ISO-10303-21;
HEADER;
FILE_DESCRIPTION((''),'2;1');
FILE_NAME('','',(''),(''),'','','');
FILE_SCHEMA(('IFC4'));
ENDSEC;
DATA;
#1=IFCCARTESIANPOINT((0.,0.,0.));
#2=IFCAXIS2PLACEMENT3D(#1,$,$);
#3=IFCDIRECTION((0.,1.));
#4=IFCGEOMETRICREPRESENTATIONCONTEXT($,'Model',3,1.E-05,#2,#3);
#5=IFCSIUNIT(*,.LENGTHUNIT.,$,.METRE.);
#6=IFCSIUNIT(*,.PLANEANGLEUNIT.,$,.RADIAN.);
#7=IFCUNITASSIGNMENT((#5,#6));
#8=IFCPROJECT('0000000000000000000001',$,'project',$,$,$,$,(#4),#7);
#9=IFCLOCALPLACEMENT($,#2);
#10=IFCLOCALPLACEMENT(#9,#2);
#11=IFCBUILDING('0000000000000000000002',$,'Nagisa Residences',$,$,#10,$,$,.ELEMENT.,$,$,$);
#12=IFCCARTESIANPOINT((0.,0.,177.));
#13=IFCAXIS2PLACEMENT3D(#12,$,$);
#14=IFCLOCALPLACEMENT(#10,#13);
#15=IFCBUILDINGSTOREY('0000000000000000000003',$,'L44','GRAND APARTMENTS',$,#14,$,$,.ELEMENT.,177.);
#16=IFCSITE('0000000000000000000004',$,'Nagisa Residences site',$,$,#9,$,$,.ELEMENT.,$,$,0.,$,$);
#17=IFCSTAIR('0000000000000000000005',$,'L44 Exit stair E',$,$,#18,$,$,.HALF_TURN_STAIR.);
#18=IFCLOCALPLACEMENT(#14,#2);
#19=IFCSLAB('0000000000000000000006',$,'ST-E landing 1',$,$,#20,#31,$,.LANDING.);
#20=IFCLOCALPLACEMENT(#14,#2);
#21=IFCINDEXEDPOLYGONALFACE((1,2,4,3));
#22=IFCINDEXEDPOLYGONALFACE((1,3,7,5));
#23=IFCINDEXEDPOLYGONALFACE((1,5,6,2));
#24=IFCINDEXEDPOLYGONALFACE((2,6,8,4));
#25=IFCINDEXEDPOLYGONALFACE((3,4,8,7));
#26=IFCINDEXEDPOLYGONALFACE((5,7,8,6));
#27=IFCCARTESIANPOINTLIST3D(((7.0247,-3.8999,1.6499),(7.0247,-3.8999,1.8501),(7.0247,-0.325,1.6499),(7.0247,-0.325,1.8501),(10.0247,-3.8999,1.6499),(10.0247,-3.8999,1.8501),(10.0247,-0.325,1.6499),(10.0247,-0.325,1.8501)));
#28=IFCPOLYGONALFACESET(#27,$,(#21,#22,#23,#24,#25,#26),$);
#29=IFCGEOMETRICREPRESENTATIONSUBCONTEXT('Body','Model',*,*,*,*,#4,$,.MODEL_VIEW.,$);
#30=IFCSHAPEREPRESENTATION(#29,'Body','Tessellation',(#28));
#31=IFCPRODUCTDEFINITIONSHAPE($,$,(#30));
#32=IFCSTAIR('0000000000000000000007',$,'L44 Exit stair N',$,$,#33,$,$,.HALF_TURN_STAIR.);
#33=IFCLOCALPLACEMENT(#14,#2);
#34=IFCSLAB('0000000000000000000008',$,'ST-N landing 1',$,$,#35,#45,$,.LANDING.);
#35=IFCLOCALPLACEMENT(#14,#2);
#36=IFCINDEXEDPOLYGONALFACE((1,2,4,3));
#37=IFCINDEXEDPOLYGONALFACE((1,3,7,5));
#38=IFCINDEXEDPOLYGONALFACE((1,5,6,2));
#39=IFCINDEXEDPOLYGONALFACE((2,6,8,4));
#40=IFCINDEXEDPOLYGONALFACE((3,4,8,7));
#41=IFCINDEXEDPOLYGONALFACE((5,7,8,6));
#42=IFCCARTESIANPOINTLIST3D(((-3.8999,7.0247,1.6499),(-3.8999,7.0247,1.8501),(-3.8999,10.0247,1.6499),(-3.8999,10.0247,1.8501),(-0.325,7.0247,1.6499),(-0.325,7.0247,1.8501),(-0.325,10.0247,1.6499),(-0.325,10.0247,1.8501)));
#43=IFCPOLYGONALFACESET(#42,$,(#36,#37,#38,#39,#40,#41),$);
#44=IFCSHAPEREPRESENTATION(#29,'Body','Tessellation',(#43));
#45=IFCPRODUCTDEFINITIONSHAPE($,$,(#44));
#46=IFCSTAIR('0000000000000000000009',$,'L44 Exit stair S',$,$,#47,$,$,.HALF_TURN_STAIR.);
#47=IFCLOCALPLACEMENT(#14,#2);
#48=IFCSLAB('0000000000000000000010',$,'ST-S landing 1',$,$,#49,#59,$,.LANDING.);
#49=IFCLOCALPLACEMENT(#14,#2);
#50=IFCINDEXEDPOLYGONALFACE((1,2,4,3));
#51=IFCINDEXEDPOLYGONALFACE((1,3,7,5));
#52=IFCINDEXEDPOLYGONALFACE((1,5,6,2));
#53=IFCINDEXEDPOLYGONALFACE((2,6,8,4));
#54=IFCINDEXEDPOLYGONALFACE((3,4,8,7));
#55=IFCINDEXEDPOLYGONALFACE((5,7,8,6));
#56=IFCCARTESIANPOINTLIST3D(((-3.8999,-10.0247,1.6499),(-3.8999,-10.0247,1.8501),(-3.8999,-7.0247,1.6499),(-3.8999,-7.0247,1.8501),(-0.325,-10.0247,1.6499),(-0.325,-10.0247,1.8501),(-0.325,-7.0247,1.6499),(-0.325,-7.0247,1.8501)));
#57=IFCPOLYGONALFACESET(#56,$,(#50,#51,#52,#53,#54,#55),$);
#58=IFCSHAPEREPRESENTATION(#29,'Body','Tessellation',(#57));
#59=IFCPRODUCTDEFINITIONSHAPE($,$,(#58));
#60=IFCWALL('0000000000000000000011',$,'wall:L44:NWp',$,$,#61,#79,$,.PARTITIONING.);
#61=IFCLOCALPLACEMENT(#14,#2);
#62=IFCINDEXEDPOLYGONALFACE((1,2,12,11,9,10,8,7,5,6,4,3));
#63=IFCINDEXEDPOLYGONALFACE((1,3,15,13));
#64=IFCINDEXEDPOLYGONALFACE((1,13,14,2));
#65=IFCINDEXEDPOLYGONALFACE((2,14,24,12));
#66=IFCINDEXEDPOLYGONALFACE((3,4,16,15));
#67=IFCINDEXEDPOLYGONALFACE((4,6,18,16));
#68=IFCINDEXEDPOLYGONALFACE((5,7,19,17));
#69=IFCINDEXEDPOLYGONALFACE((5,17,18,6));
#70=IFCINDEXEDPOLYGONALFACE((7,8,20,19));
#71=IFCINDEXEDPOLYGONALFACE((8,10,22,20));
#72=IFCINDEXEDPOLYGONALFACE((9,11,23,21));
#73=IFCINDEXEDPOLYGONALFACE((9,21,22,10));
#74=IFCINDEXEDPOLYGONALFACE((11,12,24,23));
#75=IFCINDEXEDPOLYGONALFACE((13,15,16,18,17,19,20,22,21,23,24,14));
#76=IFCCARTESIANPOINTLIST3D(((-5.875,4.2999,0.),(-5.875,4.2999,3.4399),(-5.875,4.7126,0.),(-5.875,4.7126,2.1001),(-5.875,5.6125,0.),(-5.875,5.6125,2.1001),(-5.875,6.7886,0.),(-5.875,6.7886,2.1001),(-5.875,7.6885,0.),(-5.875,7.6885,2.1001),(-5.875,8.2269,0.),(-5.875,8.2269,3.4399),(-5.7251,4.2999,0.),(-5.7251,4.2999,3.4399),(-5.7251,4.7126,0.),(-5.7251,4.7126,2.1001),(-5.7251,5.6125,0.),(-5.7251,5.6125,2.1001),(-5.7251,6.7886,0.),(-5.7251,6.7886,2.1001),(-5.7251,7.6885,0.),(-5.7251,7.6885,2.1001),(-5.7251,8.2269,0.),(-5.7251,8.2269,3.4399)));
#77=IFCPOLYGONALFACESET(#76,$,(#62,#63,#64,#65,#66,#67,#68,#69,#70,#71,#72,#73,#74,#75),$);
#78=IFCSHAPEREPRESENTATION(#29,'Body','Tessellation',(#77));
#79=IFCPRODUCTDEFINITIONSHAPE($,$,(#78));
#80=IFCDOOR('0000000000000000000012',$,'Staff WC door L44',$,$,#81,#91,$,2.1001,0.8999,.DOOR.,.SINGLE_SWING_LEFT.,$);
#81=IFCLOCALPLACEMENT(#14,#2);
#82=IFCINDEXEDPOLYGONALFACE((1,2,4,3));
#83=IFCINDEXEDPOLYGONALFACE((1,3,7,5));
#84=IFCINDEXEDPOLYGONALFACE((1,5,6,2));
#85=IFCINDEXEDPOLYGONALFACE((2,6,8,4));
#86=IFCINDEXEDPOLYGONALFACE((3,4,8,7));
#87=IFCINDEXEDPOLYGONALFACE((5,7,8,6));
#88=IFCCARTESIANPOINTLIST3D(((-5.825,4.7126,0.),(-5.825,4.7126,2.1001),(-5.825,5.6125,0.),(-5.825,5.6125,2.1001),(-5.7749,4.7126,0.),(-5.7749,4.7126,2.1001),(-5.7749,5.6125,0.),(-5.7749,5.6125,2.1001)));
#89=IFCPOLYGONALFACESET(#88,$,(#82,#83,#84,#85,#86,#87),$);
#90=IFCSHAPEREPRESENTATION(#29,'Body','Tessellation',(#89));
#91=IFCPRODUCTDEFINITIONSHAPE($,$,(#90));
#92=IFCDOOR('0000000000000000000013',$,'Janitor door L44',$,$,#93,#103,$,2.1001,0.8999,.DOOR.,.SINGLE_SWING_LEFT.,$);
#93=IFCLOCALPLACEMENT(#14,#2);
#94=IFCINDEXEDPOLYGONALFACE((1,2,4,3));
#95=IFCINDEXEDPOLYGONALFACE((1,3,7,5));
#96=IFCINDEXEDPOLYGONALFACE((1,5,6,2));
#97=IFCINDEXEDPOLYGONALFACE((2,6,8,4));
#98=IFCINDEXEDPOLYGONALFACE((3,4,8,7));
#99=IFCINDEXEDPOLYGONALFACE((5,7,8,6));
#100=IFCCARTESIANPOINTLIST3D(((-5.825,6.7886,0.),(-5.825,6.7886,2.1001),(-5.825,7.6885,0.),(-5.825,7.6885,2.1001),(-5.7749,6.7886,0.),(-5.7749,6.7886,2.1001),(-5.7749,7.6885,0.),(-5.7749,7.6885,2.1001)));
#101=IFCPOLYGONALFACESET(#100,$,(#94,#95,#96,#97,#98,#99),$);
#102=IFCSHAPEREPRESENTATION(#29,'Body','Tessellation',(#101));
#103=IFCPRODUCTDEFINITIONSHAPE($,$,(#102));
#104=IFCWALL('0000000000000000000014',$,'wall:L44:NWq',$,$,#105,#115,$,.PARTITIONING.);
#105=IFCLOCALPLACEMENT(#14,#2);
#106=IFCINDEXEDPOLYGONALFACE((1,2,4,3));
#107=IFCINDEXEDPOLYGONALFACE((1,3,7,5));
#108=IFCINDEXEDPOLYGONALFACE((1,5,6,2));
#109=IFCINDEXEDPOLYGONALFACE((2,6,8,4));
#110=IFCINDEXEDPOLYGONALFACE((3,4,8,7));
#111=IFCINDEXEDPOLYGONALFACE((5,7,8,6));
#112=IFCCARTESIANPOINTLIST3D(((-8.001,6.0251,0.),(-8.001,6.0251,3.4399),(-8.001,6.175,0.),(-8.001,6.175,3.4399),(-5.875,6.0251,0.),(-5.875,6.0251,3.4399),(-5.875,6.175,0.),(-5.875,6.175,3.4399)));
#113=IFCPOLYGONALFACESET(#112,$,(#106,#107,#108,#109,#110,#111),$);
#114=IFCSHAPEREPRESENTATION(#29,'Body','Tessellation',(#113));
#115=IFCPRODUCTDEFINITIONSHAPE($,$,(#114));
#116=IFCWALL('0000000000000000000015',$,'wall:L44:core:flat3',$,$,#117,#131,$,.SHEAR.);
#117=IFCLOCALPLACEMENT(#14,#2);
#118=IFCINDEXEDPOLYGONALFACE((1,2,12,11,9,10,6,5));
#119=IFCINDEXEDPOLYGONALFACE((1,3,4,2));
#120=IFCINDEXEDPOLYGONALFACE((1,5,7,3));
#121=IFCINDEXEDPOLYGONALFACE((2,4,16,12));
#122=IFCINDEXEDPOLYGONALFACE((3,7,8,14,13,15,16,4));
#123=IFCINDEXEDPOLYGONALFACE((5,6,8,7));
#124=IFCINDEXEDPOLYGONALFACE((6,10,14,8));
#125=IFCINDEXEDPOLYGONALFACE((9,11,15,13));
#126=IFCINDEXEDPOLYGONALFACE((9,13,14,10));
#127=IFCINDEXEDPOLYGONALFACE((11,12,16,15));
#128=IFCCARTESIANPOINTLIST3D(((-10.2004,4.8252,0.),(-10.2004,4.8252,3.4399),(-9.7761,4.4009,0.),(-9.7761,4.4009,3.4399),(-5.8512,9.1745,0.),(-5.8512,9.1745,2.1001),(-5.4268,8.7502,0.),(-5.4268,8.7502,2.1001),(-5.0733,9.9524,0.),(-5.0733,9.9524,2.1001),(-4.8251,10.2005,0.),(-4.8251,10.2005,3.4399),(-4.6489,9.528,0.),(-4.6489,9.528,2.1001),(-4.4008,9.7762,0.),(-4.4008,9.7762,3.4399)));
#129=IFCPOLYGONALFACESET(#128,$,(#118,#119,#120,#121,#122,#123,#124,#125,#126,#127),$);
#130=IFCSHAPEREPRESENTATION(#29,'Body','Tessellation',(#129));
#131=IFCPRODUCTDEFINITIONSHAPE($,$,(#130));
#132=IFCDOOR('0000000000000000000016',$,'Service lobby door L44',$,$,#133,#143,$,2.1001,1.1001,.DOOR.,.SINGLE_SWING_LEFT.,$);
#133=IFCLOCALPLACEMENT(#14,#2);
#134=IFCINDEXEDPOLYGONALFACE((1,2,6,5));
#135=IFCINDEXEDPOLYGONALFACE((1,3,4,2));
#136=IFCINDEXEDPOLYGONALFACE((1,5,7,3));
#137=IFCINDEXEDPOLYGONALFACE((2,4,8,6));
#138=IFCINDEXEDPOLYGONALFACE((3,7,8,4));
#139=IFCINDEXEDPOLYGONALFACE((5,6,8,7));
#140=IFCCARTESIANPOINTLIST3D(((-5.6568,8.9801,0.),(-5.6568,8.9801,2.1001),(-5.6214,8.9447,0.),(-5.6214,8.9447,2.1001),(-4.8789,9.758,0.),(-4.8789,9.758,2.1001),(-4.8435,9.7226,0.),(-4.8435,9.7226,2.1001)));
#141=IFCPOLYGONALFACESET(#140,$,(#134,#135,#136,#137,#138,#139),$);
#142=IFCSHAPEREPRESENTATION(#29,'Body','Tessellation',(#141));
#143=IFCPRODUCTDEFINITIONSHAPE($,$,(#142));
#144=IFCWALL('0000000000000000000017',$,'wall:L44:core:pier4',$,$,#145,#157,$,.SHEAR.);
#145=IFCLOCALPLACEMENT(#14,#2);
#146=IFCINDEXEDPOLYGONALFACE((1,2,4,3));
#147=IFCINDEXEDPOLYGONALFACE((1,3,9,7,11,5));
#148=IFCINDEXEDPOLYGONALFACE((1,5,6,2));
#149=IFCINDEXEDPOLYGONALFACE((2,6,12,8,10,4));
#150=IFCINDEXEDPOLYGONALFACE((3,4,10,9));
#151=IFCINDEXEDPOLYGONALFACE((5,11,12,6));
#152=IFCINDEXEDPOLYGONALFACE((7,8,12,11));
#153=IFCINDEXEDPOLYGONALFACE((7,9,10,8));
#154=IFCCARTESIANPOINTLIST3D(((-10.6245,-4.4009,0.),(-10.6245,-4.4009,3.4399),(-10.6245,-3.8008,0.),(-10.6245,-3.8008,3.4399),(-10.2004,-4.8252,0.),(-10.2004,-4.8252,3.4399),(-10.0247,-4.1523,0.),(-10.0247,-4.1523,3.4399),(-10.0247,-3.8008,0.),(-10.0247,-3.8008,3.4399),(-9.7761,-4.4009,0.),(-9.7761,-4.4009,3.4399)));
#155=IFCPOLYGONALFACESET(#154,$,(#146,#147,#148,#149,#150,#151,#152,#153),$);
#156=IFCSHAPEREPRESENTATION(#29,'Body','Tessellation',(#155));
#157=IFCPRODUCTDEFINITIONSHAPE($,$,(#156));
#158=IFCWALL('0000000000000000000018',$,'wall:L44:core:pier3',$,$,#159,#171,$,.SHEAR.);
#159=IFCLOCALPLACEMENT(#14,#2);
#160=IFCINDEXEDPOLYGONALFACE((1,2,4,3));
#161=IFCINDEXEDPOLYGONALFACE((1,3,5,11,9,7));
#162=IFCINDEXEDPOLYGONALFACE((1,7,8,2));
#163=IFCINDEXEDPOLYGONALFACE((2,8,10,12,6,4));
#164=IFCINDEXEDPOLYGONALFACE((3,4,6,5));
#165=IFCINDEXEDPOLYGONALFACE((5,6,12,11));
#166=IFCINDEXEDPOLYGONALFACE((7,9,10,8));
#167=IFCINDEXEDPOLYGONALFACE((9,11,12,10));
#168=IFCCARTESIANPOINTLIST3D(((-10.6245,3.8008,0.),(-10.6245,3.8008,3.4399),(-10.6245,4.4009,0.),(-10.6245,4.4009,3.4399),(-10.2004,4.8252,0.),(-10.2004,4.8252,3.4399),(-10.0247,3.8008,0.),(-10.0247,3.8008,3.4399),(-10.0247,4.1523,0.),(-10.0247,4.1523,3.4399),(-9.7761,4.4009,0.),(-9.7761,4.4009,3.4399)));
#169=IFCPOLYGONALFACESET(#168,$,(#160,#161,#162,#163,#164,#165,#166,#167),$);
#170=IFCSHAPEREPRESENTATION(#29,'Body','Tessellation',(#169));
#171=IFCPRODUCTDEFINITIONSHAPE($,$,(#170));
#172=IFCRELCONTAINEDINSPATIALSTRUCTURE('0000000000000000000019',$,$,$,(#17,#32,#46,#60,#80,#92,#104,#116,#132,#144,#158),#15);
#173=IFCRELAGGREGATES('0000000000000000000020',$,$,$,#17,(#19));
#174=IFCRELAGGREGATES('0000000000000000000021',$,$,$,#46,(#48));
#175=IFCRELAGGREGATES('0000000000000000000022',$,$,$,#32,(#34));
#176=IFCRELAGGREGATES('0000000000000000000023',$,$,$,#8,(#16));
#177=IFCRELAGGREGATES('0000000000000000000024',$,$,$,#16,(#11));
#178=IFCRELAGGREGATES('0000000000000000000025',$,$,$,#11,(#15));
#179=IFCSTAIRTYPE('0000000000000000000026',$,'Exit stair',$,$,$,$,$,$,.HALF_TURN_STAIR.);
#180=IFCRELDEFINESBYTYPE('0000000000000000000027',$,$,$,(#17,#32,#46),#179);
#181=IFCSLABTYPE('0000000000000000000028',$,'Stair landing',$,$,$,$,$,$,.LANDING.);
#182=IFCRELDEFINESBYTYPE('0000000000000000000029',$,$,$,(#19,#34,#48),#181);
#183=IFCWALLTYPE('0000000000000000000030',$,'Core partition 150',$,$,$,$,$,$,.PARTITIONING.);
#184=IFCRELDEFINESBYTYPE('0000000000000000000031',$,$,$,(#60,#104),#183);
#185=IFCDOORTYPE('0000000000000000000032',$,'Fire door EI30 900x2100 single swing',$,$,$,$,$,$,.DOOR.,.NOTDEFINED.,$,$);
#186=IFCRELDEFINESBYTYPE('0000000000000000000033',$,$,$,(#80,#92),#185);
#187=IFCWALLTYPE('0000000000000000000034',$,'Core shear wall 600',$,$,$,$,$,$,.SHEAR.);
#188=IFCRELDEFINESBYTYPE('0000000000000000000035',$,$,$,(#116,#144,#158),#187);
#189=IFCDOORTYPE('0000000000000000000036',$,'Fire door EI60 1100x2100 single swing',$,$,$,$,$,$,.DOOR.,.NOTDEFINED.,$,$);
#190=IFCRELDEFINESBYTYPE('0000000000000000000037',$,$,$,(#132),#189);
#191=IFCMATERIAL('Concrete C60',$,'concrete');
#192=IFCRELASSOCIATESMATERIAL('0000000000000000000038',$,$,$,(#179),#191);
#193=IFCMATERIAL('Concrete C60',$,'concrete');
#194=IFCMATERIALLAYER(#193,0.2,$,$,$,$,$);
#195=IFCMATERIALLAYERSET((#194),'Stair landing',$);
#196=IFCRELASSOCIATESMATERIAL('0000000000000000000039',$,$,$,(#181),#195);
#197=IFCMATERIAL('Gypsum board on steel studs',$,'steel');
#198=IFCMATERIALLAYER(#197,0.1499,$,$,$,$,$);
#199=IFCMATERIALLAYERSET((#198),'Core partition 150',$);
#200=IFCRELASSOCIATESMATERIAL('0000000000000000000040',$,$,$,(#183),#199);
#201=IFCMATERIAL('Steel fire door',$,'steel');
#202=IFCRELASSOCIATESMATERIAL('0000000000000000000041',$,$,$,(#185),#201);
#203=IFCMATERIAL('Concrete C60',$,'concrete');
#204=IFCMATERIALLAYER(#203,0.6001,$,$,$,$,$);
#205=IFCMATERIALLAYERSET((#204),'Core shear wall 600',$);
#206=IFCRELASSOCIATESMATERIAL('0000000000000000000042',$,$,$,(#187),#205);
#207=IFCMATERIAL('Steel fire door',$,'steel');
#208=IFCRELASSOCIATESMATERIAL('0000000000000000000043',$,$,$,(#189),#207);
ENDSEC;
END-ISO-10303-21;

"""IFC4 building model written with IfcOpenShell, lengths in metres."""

from ifc_helpers import new_model, si_unit, direction, frame, frame_2d, origin, place, context, subcontext, project, spatial, polyline, rectangle, outline, extrude, material, layer, layer_set, type_object, element, fill, aggregate, save


model = new_model("IFC4")

# Units and contexts
model_context = context("Model", 3, precision=1e-05, world=origin(), true_north=direction((0.0, 1.0)))
body_context = subcontext(model_context, "Body", "Model", "MODEL_VIEW")
ifc_project = project(units=[si_unit("LENGTHUNIT", "METRE"), si_unit("PLANEANGLEUNIT", "RADIAN")], contexts=[model_context])

# Site, building, storey
site_placement = place(None, origin())
site = spatial("IfcSite", under=ifc_project, at=site_placement, Name="Nagisa Residences site", CompositionType="ELEMENT", RefElevation=0.0)
building_placement = place(site_placement, origin())
building = spatial("IfcBuilding", under=site, at=building_placement, Name="Nagisa Residences", CompositionType="ELEMENT")
storey_placement = place(building_placement, frame((0.0, 0.0, 177.0)))
storey = spatial("IfcBuildingStorey", under=building, at=storey_placement, Name="L44", Description="GRAND APARTMENTS", CompositionType="ELEMENT", Elevation=177.0)

# Stairs, slabs
ifc_material_1 = material(Name="Concrete C60", Category="concrete")
stair_type = type_object("IfcStairType", Name="Exit stair", PredefinedType="HALF_TURN_STAIR", material=ifc_material_1)
stair_1_placement = place(storey_placement, origin())
stair_1 = element("IfcStair", 1, at=stair_1_placement, inside=storey, type_object=stair_type, Name="L44 Exit stair E", PredefinedType="HALF_TURN_STAIR")
ifc_material_2 = material(Name="Concrete C60", Category="concrete")
ifc_layer_1 = layer(ifc_material_2, 0.2)
ifc_layer_set_1 = layer_set([ifc_layer_1], Name="Stair landing")
slab_type = type_object("IfcSlabType", Name="Stair landing", PredefinedType="LANDING", material=ifc_layer_set_1)
slab_1_placement = place(storey_placement, frame((0.0, 0.0, 1.6499)))
slab_1 = element("IfcSlab", 2, at=slab_1_placement, type_object=slab_type, Name="ST-E landing 1", PredefinedType="LANDING", context=body_context, shape_type="SweptSolid", body=[
    extrude(outline(polyline([(7.0247, -0.325), (7.0247, -3.8999), (10.0247, -3.8999), (10.0247, -0.325), (7.0247, -0.325)])), origin(), (0.0, 0.0, 1.0), 0.2002),
])
aggregate(stair_1, [slab_1])
stair_2_placement = place(storey_placement, origin())
stair_2 = element("IfcStair", 3, at=stair_2_placement, inside=storey, type_object=stair_type, Name="L44 Exit stair N", PredefinedType="HALF_TURN_STAIR")
slab_2_placement = place(storey_placement, frame((0.0, 0.0, 1.6499)))
slab_2 = element("IfcSlab", 4, at=slab_2_placement, type_object=slab_type, Name="ST-N landing 1", PredefinedType="LANDING", context=body_context, shape_type="SweptSolid", body=[
    extrude(outline(polyline([(-0.325, 10.0247), (-3.8999, 10.0247), (-3.8999, 7.0247), (-0.325, 7.0247), (-0.325, 10.0247)])), origin(), (0.0, 0.0, 1.0), 0.2002),
])
stair_3_placement = place(storey_placement, origin())
stair_3 = element("IfcStair", 5, at=stair_3_placement, inside=storey, type_object=stair_type, Name="L44 Exit stair S", PredefinedType="HALF_TURN_STAIR")
slab_3_placement = place(storey_placement, frame((0.0, 0.0, 1.6499)))
slab_3 = element("IfcSlab", 6, at=slab_3_placement, type_object=slab_type, Name="ST-S landing 1", PredefinedType="LANDING", context=body_context, shape_type="SweptSolid", body=[
    extrude(outline(polyline([(-0.325, -7.0247), (-3.8999, -7.0247), (-3.8999, -10.0247), (-0.325, -10.0247), (-0.325, -7.0247)])), origin(), (0.0, 0.0, 1.0), 0.2002),
])
aggregate(stair_3, [slab_3])

# Wall, openings, doors
ifc_material_3 = material(Name="Gypsum board on steel studs", Category="steel")
ifc_layer_2 = layer(ifc_material_3, 0.1499)
ifc_layer_set_2 = layer_set([ifc_layer_2], Name="Core partition 150")
wall_type_1 = type_object("IfcWallType", Name="Core partition 150", PredefinedType="PARTITIONING", material=ifc_layer_set_2)
wall_1_placement = place(storey_placement, frame((-5.8, 4.3, 0.0), z_axis=(0.0, 0.0, 1.0), x_axis=(0.0, 1.0, 0.0)))
wall_1 = element("IfcWall", 7, at=wall_1_placement, inside=storey, type_object=wall_type_1, Name="wall:L44:NWp", PredefinedType="PARTITIONING", context=body_context, shape_type="SweptSolid", body=[
    extrude(rectangle(XDim=3.927, YDim=0.1499, at=frame_2d((1.9634, 0.0))), origin(), (0.0, 0.0, 1.0), 3.4399),
])
opening_1_placement = place(wall_1_placement, frame((0.4126, 0.0, 0.0)))
opening_1 = element("IfcOpeningElement", 8, at=opening_1_placement, cuts=wall_1, PredefinedType="OPENING", context=body_context, shape_type="SweptSolid", body=[
    extrude(rectangle(XDim=0.8999, YDim=2.1001, at=frame_2d((0.45, 1.05))), frame((0.0, 0.085, 0.0), z_axis=(0.0, -1.0, 0.0), x_axis=(1.0, 0.0, 0.0)), (0.0, 0.0, 1.0), 0.1699),
])
opening_2_placement = place(wall_1_placement, frame((2.4885, 0.0, 0.0)))
opening_2 = element("IfcOpeningElement", 9, at=opening_2_placement, cuts=wall_1, PredefinedType="OPENING", context=body_context, shape_type="SweptSolid", body=[
    extrude(rectangle(XDim=0.8999, YDim=2.1001, at=frame_2d((0.45, 1.05))), frame((0.0, 0.085, 0.0), z_axis=(0.0, -1.0, 0.0), x_axis=(1.0, 0.0, 0.0)), (0.0, 0.0, 1.0), 0.1699),
])
ifc_material_4 = material(Name="Steel fire door", Category="steel")
door_type_1 = type_object("IfcDoorType", Name="Fire door EI30 900x2100 single swing", OperationType="NOTDEFINED", PredefinedType="DOOR", material=ifc_material_4)
door_1_placement = place(opening_1_placement, origin())
door_1 = element("IfcDoor", 10, at=door_1_placement, inside=storey, type_object=door_type_1, Name="Staff WC door L44", OperationType="SINGLE_SWING_LEFT", OverallHeight=2.1001, OverallWidth=0.8999, PredefinedType="DOOR", context=body_context, shape_type="SweptSolid", body=[
    extrude(rectangle(XDim=0.8999, YDim=2.1001, at=frame_2d((0.45, 1.05))), frame((0.0, 0.0249, 0.0), z_axis=(0.0, -1.0, 0.0), x_axis=(1.0, 0.0, 0.0)), (0.0, 0.0, 1.0), 0.05),
])
fill(opening_1, door_1)
door_2_placement = place(opening_2_placement, origin())
door_2 = element("IfcDoor", 11, at=door_2_placement, inside=storey, type_object=door_type_1, Name="Janitor door L44", OperationType="SINGLE_SWING_LEFT", OverallHeight=2.1001, OverallWidth=0.8999, PredefinedType="DOOR", context=body_context, shape_type="SweptSolid", body=[
    extrude(rectangle(XDim=0.8999, YDim=2.1001, at=frame_2d((0.45, 1.05))), frame((0.0, 0.0249, 0.0), z_axis=(0.0, -1.0, 0.0), x_axis=(1.0, 0.0, 0.0)), (0.0, 0.0, 1.0), 0.05),
])
fill(opening_2, door_2)

# Wall
wall_2_placement = place(storey_placement, frame((-8.001, 6.1001, 0.0), z_axis=(0.0, 0.0, 1.0), x_axis=(1.0, 0.0, 0.0)))
element("IfcWall", 12, at=wall_2_placement, inside=storey, type_object=wall_type_1, Name="wall:L44:NWq", PredefinedType="PARTITIONING", context=body_context, shape_type="SweptSolid", body=[
    extrude(rectangle(XDim=2.126, YDim=0.1499, at=frame_2d((1.063, 0.0))), origin(), (0.0, 0.0, 1.0), 3.4399),
])

# Wall, opening, door
ifc_material_5 = material(Name="Concrete C60", Category="concrete")
ifc_layer_3 = layer(ifc_material_5, 0.6001)
ifc_layer_set_3 = layer_set([ifc_layer_3], Name="Core shear wall 600")
wall_type_2 = type_object("IfcWallType", Name="Core shear wall 600", PredefinedType="SHEAR", material=ifc_layer_set_3)
wall_3_placement = place(storey_placement, frame((-4.613, 9.9883, 0.0), z_axis=(0.0, 0.0, 1.0), x_axis=(-0.707107, -0.707107, 0.0)))
wall_3 = element("IfcWall", 13, at=wall_3_placement, inside=storey, type_object=wall_type_2, Name="wall:L44:core:flat3", PredefinedType="SHEAR", context=body_context, shape_type="SweptSolid", body=[
    extrude(rectangle(XDim=7.6018, YDim=0.6001, at=frame_2d((3.8008, 0.0))), origin(), (0.0, 0.0, 1.0), 3.4399),
])
opening_3_placement = place(wall_3_placement, frame((0.3508, 0.0, 0.0)))
opening_3 = element("IfcOpeningElement", 14, at=opening_3_placement, cuts=wall_3, PredefinedType="OPENING", context=body_context, shape_type="SweptSolid", body=[
    extrude(rectangle(XDim=1.1001, YDim=2.1001, at=frame_2d((0.55, 1.05))), frame((0.0, 0.3101, 0.0), z_axis=(0.0, -1.0, 0.0), x_axis=(1.0, 0.0, 0.0)), (0.0, 0.0, 1.0), 0.6201),
])
ifc_material_6 = material(Name="Steel fire door", Category="steel")
door_type_2 = type_object("IfcDoorType", Name="Fire door EI60 1100x2100 single swing", OperationType="NOTDEFINED", PredefinedType="DOOR", material=ifc_material_6)
door_3_placement = place(opening_3_placement, origin())
door_3 = element("IfcDoor", 15, at=door_3_placement, inside=storey, type_object=door_type_2, Name="Service lobby door L44", OperationType="SINGLE_SWING_LEFT", OverallHeight=2.1001, OverallWidth=1.1001, PredefinedType="DOOR", context=body_context, shape_type="SweptSolid", body=[
    extrude(rectangle(XDim=1.1001, YDim=2.1001, at=frame_2d((0.55, 1.05))), frame((0.0, 0.0249, 0.0), z_axis=(0.0, -1.0, 0.0), x_axis=(1.0, 0.0, 0.0)), (0.0, 0.0, 1.0), 0.05),
])
fill(opening_3, door_3)

# Walls
wall_4_placement = place(storey_placement, origin())
element("IfcWall", 16, at=wall_4_placement, inside=storey, type_object=wall_type_2, Name="wall:L44:core:pier4", PredefinedType="SHEAR", context=body_context, shape_type="SweptSolid", body=[
    extrude(outline(polyline([(-10.6245, -3.8008), (-10.0247, -3.8008), (-10.0247, -4.1523), (-9.7761, -4.4009), (-10.2004, -4.8252), (-10.6245, -4.4009), (-10.6245, -3.8008)])), origin(), (0.0, 0.0, 1.0), 3.4399),
])
wall_5_placement = place(storey_placement, origin())
element("IfcWall", 17, at=wall_5_placement, inside=storey, type_object=wall_type_2, Name="wall:L44:core:pier3", PredefinedType="SHEAR", context=body_context, shape_type="SweptSolid", body=[
    extrude(outline(polyline([(-10.2004, 4.8252), (-9.7761, 4.4009), (-10.0247, 4.1523), (-10.0247, 3.8008), (-10.6245, 3.8008), (-10.6245, 4.4009), (-10.2004, 4.8252)])), origin(), (0.0, 0.0, 1.0), 3.4399),
])

aggregate(stair_2, [slab_2])

save(model, "model.ifc")
